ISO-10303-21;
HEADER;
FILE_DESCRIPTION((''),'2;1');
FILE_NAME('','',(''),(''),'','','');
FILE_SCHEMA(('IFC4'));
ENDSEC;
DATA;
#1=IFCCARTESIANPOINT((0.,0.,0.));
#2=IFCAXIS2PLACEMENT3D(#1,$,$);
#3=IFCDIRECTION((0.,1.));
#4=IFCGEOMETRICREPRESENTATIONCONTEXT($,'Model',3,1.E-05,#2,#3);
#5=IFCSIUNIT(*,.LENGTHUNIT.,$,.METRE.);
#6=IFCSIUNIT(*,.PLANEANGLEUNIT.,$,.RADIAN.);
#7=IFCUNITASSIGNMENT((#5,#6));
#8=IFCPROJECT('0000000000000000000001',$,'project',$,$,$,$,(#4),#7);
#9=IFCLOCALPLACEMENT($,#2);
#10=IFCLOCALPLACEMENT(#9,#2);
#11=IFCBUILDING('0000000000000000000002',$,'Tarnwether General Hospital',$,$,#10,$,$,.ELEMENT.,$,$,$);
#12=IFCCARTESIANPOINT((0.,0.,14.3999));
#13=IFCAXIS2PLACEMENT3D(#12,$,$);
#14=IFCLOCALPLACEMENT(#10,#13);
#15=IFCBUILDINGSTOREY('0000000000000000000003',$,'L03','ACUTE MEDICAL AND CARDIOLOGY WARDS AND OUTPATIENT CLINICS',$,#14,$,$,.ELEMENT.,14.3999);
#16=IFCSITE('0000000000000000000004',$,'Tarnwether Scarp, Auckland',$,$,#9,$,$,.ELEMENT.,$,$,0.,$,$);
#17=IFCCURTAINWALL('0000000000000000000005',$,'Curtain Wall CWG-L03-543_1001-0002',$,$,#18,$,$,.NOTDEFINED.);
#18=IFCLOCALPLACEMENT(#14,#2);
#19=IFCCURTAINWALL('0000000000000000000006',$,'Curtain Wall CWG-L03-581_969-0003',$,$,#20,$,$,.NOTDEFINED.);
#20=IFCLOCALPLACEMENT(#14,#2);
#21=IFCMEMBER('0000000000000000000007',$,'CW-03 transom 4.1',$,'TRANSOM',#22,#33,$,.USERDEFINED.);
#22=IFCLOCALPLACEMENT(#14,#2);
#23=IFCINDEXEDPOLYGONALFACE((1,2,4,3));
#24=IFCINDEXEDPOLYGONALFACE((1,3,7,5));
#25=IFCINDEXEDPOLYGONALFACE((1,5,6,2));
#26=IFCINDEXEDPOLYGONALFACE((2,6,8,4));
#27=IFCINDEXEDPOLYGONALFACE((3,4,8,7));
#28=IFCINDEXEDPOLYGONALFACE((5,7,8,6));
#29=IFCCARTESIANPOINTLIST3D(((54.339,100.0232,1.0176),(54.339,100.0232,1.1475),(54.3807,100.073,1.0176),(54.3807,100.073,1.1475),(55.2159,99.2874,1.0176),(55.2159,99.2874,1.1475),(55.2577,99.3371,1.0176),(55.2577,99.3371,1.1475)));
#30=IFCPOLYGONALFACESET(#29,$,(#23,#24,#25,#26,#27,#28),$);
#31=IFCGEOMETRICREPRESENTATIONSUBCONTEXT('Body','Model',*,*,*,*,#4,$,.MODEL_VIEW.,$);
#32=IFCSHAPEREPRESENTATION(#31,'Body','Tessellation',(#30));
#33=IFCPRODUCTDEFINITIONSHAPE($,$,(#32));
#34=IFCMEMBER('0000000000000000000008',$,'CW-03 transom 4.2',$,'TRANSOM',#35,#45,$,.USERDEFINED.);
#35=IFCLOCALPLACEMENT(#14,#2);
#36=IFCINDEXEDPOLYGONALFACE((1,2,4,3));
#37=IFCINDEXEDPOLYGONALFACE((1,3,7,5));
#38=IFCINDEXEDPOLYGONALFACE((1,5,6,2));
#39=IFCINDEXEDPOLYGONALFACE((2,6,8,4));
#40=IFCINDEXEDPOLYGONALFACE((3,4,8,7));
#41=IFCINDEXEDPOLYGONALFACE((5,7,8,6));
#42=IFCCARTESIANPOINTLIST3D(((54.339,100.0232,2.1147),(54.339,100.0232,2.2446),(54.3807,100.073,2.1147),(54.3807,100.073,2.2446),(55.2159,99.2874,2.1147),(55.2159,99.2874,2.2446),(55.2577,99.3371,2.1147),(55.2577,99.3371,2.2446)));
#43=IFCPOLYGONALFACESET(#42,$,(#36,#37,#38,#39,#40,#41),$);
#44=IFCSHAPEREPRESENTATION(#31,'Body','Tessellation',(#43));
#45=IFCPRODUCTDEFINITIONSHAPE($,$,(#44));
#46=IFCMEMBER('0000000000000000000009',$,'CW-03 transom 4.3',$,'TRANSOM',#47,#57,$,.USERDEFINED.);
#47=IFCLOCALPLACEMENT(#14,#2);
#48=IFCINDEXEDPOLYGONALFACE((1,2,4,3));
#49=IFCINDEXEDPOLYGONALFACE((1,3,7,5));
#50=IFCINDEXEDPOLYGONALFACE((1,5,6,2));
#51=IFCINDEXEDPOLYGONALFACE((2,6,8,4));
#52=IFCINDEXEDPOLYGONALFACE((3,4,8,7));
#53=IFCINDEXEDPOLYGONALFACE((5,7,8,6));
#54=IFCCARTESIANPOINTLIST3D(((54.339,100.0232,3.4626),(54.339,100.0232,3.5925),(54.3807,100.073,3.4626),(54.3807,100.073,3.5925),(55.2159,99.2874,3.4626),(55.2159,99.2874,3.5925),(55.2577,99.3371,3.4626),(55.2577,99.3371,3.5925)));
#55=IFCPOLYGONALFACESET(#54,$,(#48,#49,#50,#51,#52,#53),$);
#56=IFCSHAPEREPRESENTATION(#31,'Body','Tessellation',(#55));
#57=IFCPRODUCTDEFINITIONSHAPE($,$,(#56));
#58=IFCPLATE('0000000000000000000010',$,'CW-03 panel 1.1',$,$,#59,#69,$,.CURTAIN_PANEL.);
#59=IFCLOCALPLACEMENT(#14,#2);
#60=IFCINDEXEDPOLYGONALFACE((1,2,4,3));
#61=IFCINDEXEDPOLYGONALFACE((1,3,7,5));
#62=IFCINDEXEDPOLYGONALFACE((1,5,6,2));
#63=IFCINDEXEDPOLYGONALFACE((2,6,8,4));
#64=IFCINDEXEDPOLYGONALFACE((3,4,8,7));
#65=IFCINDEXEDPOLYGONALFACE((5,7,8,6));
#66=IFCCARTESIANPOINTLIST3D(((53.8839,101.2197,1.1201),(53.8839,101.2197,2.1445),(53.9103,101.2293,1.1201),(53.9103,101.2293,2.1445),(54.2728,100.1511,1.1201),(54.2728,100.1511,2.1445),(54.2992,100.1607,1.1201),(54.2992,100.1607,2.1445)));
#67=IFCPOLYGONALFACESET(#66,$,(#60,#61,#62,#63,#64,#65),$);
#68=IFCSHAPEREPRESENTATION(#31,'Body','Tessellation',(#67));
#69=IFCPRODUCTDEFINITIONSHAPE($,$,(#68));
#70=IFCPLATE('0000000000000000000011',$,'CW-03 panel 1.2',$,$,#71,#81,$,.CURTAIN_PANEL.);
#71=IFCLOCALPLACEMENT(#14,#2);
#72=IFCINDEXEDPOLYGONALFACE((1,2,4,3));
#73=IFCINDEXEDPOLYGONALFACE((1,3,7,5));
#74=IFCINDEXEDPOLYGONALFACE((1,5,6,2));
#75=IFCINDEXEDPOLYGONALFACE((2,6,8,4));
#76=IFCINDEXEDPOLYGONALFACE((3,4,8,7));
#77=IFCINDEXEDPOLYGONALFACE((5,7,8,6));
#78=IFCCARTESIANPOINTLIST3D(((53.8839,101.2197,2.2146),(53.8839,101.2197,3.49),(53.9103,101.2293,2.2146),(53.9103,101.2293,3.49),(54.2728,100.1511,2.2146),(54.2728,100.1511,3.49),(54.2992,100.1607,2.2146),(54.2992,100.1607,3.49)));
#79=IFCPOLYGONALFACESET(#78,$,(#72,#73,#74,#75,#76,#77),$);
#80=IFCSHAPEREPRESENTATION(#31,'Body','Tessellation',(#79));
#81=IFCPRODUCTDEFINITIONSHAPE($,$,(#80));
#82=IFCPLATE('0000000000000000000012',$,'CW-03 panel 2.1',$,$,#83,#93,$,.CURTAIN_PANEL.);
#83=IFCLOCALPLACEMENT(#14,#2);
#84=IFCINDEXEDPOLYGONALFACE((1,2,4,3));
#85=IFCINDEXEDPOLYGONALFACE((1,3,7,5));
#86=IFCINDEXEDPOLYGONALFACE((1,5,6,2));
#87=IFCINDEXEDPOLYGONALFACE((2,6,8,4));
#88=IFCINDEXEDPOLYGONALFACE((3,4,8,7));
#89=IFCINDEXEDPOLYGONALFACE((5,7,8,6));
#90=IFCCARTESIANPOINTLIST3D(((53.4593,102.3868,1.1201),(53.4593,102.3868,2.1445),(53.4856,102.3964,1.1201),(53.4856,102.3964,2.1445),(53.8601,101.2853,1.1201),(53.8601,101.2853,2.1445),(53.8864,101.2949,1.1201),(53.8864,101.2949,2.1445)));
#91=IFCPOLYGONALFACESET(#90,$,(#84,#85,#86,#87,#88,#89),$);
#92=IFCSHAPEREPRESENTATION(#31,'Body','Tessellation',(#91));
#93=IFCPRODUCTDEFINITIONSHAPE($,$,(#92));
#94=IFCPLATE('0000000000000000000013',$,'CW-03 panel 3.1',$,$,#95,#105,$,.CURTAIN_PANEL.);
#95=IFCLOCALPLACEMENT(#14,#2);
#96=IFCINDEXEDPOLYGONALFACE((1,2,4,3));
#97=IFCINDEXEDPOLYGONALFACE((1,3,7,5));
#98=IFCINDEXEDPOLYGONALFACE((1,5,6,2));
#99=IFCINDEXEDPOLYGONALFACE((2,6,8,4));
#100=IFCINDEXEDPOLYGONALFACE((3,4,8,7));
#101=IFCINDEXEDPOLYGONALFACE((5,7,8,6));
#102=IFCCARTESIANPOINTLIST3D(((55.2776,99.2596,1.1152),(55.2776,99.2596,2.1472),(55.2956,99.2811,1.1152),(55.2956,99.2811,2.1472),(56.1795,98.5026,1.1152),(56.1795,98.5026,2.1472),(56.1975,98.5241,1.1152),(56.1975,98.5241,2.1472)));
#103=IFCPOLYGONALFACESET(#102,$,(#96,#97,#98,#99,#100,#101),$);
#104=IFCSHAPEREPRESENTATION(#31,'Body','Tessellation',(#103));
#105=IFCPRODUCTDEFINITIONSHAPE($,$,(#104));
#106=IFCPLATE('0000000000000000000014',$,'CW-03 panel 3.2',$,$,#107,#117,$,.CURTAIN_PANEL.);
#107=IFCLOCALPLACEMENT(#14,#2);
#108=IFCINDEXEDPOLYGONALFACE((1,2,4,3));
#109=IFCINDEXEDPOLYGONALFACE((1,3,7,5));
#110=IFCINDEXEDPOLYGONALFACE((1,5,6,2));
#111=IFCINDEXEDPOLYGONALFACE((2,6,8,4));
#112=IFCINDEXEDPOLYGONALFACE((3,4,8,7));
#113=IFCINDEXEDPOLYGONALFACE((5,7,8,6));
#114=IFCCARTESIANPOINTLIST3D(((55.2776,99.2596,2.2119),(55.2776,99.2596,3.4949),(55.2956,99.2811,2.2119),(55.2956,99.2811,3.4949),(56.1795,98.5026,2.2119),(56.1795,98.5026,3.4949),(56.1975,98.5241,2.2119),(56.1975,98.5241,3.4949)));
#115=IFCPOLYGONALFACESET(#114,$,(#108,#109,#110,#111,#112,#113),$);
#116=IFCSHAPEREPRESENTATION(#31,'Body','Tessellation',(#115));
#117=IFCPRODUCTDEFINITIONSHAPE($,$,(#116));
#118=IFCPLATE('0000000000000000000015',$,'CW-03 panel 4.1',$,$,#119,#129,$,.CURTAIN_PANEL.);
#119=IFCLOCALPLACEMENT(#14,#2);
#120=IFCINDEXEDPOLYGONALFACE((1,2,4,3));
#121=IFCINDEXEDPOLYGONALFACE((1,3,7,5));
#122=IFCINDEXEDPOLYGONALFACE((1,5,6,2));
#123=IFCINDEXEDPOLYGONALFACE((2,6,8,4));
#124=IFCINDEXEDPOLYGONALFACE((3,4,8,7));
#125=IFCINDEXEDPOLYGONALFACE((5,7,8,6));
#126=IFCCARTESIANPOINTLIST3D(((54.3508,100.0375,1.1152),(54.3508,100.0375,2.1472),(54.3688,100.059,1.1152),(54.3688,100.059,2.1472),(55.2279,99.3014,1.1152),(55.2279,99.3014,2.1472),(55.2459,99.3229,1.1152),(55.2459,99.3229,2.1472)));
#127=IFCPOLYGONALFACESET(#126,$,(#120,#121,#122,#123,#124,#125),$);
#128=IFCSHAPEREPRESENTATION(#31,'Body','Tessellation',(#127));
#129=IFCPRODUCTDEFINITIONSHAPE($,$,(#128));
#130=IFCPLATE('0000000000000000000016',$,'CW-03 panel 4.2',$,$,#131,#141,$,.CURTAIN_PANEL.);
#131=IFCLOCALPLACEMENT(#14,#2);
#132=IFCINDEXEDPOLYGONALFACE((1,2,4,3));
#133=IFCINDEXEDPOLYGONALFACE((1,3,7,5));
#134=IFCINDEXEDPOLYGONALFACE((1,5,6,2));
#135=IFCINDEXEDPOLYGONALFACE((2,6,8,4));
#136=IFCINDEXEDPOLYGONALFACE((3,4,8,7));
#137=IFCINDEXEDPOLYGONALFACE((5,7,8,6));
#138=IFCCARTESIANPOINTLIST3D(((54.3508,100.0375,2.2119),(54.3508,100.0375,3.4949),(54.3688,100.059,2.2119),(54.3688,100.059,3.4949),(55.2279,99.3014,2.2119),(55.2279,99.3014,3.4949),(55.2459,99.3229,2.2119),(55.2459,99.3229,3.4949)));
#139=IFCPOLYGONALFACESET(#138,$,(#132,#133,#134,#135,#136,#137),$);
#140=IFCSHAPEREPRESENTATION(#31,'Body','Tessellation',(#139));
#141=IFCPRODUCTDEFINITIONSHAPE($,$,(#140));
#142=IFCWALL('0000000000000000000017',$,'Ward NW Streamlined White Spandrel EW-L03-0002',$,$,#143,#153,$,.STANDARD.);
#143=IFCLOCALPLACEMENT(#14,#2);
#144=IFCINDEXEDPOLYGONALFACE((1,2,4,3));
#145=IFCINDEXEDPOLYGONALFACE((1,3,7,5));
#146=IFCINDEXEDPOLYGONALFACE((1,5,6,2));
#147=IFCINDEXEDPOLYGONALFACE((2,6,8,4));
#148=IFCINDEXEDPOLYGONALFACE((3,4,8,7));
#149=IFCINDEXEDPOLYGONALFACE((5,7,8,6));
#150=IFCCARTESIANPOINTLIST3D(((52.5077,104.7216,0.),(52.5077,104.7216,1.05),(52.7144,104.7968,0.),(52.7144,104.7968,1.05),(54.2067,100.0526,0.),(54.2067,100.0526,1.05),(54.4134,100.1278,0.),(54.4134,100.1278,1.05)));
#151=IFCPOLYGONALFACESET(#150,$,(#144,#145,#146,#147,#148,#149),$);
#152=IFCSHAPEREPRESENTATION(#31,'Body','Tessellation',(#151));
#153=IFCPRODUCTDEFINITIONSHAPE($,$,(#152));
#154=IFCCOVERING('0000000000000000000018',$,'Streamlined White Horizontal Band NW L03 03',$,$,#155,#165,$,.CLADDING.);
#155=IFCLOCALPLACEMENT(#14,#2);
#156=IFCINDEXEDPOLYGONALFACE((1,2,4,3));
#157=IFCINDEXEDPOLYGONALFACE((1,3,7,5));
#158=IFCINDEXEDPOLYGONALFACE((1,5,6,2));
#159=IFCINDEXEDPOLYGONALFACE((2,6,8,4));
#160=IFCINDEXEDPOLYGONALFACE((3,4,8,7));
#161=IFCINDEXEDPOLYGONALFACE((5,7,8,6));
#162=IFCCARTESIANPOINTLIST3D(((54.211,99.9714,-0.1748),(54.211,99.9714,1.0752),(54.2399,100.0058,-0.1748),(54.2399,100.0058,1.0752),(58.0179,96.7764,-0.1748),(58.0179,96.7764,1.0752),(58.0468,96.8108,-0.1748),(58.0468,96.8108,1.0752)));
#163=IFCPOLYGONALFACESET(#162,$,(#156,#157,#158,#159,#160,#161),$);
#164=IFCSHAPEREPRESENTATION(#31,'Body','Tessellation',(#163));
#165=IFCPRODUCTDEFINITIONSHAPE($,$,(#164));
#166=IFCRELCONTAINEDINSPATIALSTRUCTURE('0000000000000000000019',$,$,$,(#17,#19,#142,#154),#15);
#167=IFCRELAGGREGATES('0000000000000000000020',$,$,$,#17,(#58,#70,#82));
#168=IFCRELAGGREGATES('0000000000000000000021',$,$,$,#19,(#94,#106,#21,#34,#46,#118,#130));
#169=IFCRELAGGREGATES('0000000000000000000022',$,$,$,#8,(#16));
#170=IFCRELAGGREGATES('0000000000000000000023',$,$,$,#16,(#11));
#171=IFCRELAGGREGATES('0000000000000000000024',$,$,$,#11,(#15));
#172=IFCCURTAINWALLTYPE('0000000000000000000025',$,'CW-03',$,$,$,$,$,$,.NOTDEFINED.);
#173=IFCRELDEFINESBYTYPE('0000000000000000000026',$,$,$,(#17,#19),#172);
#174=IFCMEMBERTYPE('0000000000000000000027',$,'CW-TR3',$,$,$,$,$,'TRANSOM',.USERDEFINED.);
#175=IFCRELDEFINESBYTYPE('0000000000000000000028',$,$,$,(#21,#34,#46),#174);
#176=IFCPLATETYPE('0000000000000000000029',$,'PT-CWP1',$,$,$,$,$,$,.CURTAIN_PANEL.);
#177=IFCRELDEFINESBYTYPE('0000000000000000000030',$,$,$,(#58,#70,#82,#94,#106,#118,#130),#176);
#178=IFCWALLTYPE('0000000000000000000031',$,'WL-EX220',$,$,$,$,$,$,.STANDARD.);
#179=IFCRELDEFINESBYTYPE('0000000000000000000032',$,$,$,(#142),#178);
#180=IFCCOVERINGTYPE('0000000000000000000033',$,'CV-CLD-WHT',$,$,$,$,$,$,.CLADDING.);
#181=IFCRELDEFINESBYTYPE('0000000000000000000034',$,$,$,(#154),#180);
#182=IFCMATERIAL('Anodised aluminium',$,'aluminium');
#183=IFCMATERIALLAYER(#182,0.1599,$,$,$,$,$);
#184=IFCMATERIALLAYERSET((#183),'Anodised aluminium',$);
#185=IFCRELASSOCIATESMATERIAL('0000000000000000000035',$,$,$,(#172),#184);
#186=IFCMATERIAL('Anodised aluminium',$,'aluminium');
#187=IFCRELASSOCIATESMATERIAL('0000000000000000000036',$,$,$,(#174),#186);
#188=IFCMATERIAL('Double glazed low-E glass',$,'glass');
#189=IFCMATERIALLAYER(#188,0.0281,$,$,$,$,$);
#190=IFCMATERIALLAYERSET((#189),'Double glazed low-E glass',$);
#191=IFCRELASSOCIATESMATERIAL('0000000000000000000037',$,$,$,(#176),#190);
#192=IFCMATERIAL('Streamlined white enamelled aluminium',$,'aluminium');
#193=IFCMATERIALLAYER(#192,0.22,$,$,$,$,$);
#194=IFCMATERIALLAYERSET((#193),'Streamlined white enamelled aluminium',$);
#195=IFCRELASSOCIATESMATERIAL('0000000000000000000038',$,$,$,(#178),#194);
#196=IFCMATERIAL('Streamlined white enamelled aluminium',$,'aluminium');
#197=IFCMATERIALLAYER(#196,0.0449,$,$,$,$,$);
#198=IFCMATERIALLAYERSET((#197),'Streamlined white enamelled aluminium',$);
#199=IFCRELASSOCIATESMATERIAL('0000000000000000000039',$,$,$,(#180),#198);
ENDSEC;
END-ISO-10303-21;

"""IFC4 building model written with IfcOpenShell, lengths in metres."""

from ifc_helpers import new_model, si_unit, direction, frame, frame_2d, origin, origin_2d, place, context, subcontext, project, spatial, rectangle, extrude, material, layer, layer_set, material_profile, profile_set, type_object, element, aggregate, save


model = new_model("IFC4")

# Units and contexts
model_context = context("Model", 3, precision=1e-05, world=origin(), true_north=direction((0.0, 1.0)))
body_context = subcontext(model_context, "Body", "Model", "MODEL_VIEW")
ifc_project = project(units=[si_unit("LENGTHUNIT", "METRE"), si_unit("PLANEANGLEUNIT", "RADIAN")], contexts=[model_context])

# Site, building, storey
site_placement = place(None, origin())
site = spatial("IfcSite", under=ifc_project, at=site_placement, Name="Tarnwether Scarp, Auckland", CompositionType="ELEMENT", RefElevation=0.0)
building_placement = place(site_placement, origin())
building = spatial("IfcBuilding", under=site, at=building_placement, Name="Tarnwether General Hospital", CompositionType="ELEMENT")
storey_placement = place(building_placement, frame((0.0, 0.0, 14.3999)))
storey = spatial("IfcBuildingStorey", under=building, at=storey_placement, Name="L03", Description="ACUTE MEDICAL AND CARDIOLOGY WARDS AND OUTPATIENT CLINICS", CompositionType="ELEMENT", Elevation=14.3999)

# Curtain walls
ifc_material_1 = material(Name="Anodised aluminium", Category="aluminium")
ifc_layer_1 = layer(ifc_material_1, 0.1599)
ifc_layer_set_1 = layer_set([ifc_layer_1], Name="Anodised aluminium")
curtain_wall_type = type_object("IfcCurtainWallType", Name="CW-03", PredefinedType="NOTDEFINED", material=ifc_layer_set_1)
curtain_wall_1_placement = place(storey_placement, origin())
curtain_wall_1 = element("IfcCurtainWall", 1, at=curtain_wall_1_placement, inside=storey, type_object=curtain_wall_type, Name="Curtain Wall CWG-L03-543_1001-0002", PredefinedType="NOTDEFINED")
curtain_wall_2_placement = place(storey_placement, origin())
curtain_wall_2 = element("IfcCurtainWall", 2, at=curtain_wall_2_placement, inside=storey, type_object=curtain_wall_type, Name="Curtain Wall CWG-L03-581_969-0003", PredefinedType="NOTDEFINED")

# Members
ifc_material_2 = material(Name="Anodised aluminium", Category="aluminium")
ifc_material_profile_1 = material_profile(ifc_material_2, rectangle(XDim=0.0649, YDim=0.1299, at=origin_2d()), Name="ALU-TRN-65x130")
ifc_profile_set_1 = profile_set([ifc_material_profile_1], Name="Anodised aluminium")
member_type_1 = type_object("IfcMemberType", Name="CW-TR3", ElementType="TRANSOM", PredefinedType="USERDEFINED", material=ifc_profile_set_1)
member_1_placement = place(storey_placement, frame((55.2368, 99.3123, 1.0825), z_axis=(-0.766049, 0.642782, 0.0), x_axis=(-0.642782, -0.766049, 0.0)))
member_1 = element("IfcMember", 3, at=member_1_placement, type_object=member_type_1, Name="CW-03 transom 4.1", ObjectType="TRANSOM", PredefinedType="USERDEFINED", context=body_context, shape_type="SweptSolid", body=[
    extrude(rectangle(XDim=0.0649, YDim=0.1299, at=origin_2d()), origin(), (0.0, 0.0, 1.0), 1.1448),
])
member_2_placement = place(storey_placement, frame((55.2368, 99.3123, 2.1797), z_axis=(-0.766049, 0.642782, 0.0), x_axis=(-0.642782, -0.766049, 0.0)))
member_2 = element("IfcMember", 4, at=member_2_placement, type_object=member_type_1, Name="CW-03 transom 4.2", ObjectType="TRANSOM", PredefinedType="USERDEFINED", context=body_context, shape_type="SweptSolid", body=[
    extrude(rectangle(XDim=0.0649, YDim=0.1299, at=origin_2d()), origin(), (0.0, 0.0, 1.0), 1.1448),
])
member_3_placement = place(storey_placement, frame((55.2368, 99.3123, 3.5276), z_axis=(-0.766049, 0.642782, 0.0), x_axis=(-0.642782, -0.766049, 0.0)))
member_3 = element("IfcMember", 5, at=member_3_placement, type_object=member_type_1, Name="CW-03 transom 4.3", ObjectType="TRANSOM", PredefinedType="USERDEFINED", context=body_context, shape_type="SweptSolid", body=[
    extrude(rectangle(XDim=0.0649, YDim=0.1299, at=origin_2d()), origin(), (0.0, 0.0, 1.0), 1.1448),
])

# Plates
ifc_material_3 = material(Name="Double glazed low-E glass", Category="glass")
ifc_layer_2 = layer(ifc_material_3, 0.0281)
ifc_layer_set_2 = layer_set([ifc_layer_2], Name="Double glazed low-E glass")
plate_type = type_object("IfcPlateType", Name="PT-CWP1", PredefinedType="CURTAIN_PANEL", material=ifc_layer_set_2)
plate_1_placement = place(storey_placement, frame((54.0916, 100.6902, 1.1201), z_axis=(0.0, 0.0, 1.0), x_axis=(-0.341953, 0.939717, 0.0)))
plate_1 = element("IfcPlate", 6, at=plate_1_placement, type_object=plate_type, Name="CW-03 panel 1.1", PredefinedType="CURTAIN_PANEL", context=body_context, shape_type="SweptSolid", body=[
    extrude(rectangle(XDim=1.1372, YDim=0.0281, at=origin_2d()), origin(), (0.0, 0.0, 1.0), 1.0244),
])
plate_2_placement = place(storey_placement, frame((54.0916, 100.6902, 2.2146), z_axis=(0.0, 0.0, 1.0), x_axis=(-0.341953, 0.939717, 0.0)))
plate_2 = element("IfcPlate", 7, at=plate_2_placement, type_object=plate_type, Name="CW-03 panel 1.2", PredefinedType="CURTAIN_PANEL", context=body_context, shape_type="SweptSolid", body=[
    extrude(rectangle(XDim=1.1372, YDim=0.0281, at=origin_2d()), origin(), (0.0, 0.0, 1.0), 1.2754),
])
plate_3_placement = place(storey_placement, frame((53.6729, 101.8408, 1.1201), z_axis=(0.0, 0.0, 1.0), x_axis=(-0.341953, 0.939717, 0.0)))
plate_3 = element("IfcPlate", 8, at=plate_3_placement, type_object=plate_type, Name="CW-03 panel 2.1", PredefinedType="CURTAIN_PANEL", context=body_context, shape_type="SweptSolid", body=[
    extrude(rectangle(XDim=1.1721, YDim=0.0281, at=origin_2d()), origin(), (0.0, 0.0, 1.0), 1.0244),
])
aggregate(curtain_wall_1, [plate_1, plate_2, plate_3])
plate_4_placement = place(storey_placement, frame((55.7375, 98.8918, 1.1152), z_axis=(0.0, 0.0, 1.0), x_axis=(-0.76599, 0.642852, 0.0)))
plate_4 = element("IfcPlate", 9, at=plate_4_placement, type_object=plate_type, Name="CW-03 panel 3.1", PredefinedType="CURTAIN_PANEL", context=body_context, shape_type="SweptSolid", body=[
    extrude(rectangle(XDim=1.1775, YDim=0.0281, at=origin_2d()), origin(), (0.0, 0.0, 1.0), 1.032),
])
plate_5_placement = place(storey_placement, frame((55.7375, 98.8918, 2.2119), z_axis=(0.0, 0.0, 1.0), x_axis=(-0.76599, 0.642852, 0.0)))
plate_5 = element("IfcPlate", 10, at=plate_5_placement, type_object=plate_type, Name="CW-03 panel 3.2", PredefinedType="CURTAIN_PANEL", context=body_context, shape_type="SweptSolid", body=[
    extrude(rectangle(XDim=1.1775, YDim=0.0281, at=origin_2d()), origin(), (0.0, 0.0, 1.0), 1.283),
])
plate_6_placement = place(storey_placement, frame((54.7983, 99.6802, 1.1152), z_axis=(0.0, 0.0, 1.0), x_axis=(-0.76599, 0.642852, 0.0)))
plate_6 = element("IfcPlate", 11, at=plate_6_placement, type_object=plate_type, Name="CW-03 panel 4.1", PredefinedType="CURTAIN_PANEL", context=body_context, shape_type="SweptSolid", body=[
    extrude(rectangle(XDim=1.145, YDim=0.0281, at=origin_2d()), origin(), (0.0, 0.0, 1.0), 1.032),
])
plate_7_placement = place(storey_placement, frame((54.7983, 99.6802, 2.2119), z_axis=(0.0, 0.0, 1.0), x_axis=(-0.76599, 0.642852, 0.0)))
plate_7 = element("IfcPlate", 12, at=plate_7_placement, type_object=plate_type, Name="CW-03 panel 4.2", PredefinedType="CURTAIN_PANEL", context=body_context, shape_type="SweptSolid", body=[
    extrude(rectangle(XDim=1.145, YDim=0.0281, at=origin_2d()), origin(), (0.0, 0.0, 1.0), 1.283),
])
aggregate(curtain_wall_2, [plate_4, plate_5, member_1, member_2, member_3, plate_6, plate_7])

# Wall
ifc_material_4 = material(Name="Streamlined white enamelled aluminium", Category="aluminium")
ifc_layer_3 = layer(ifc_material_4, 0.22)
ifc_layer_set_3 = layer_set([ifc_layer_3], Name="Streamlined white enamelled aluminium")
wall_type = type_object("IfcWallType", Name="WL-EX220", PredefinedType="STANDARD", material=ifc_layer_set_3)
wall_placement = place(storey_placement, frame((54.3101, 100.0901, 0.0), z_axis=(0.0, 0.0, 1.0), x_axis=(-0.341952, 0.939717, 0.0)))
element("IfcWall", 13, at=wall_placement, inside=storey, type_object=wall_type, Name="Ward NW Streamlined White Spandrel EW-L03-0002", PredefinedType="STANDARD", context=body_context, shape_type="SweptSolid", body=[
    extrude(rectangle(XDim=4.9685, YDim=0.22, at=frame_2d((2.4844, 0.0))), origin(), (0.0, 0.0, 1.0), 1.05),
])

# Covering
ifc_material_5 = material(Name="Streamlined white enamelled aluminium", Category="aluminium")
ifc_layer_4 = layer(ifc_material_5, 0.0449)
ifc_layer_set_4 = layer_set([ifc_layer_4], Name="Streamlined white enamelled aluminium")
covering_type = type_object("IfcCoveringType", Name="CV-CLD-WHT", PredefinedType="CLADDING", material=ifc_layer_set_4)
covering_placement = place(storey_placement, frame((56.1289, 98.3911, -0.1748), z_axis=(0.0, 0.0, 1.0), x_axis=(-0.765988, 0.642854, 0.0)))
element("IfcCovering", 14, at=covering_placement, inside=storey, type_object=covering_type, Name="Streamlined White Horizontal Band NW L03 03", PredefinedType="CLADDING", context=body_context, shape_type="SweptSolid", body=[
    extrude(rectangle(XDim=4.97, YDim=0.0449, at=origin_2d()), origin(), (0.0, 0.0, 1.0), 1.25),
])

save(model, "model.ifc")
